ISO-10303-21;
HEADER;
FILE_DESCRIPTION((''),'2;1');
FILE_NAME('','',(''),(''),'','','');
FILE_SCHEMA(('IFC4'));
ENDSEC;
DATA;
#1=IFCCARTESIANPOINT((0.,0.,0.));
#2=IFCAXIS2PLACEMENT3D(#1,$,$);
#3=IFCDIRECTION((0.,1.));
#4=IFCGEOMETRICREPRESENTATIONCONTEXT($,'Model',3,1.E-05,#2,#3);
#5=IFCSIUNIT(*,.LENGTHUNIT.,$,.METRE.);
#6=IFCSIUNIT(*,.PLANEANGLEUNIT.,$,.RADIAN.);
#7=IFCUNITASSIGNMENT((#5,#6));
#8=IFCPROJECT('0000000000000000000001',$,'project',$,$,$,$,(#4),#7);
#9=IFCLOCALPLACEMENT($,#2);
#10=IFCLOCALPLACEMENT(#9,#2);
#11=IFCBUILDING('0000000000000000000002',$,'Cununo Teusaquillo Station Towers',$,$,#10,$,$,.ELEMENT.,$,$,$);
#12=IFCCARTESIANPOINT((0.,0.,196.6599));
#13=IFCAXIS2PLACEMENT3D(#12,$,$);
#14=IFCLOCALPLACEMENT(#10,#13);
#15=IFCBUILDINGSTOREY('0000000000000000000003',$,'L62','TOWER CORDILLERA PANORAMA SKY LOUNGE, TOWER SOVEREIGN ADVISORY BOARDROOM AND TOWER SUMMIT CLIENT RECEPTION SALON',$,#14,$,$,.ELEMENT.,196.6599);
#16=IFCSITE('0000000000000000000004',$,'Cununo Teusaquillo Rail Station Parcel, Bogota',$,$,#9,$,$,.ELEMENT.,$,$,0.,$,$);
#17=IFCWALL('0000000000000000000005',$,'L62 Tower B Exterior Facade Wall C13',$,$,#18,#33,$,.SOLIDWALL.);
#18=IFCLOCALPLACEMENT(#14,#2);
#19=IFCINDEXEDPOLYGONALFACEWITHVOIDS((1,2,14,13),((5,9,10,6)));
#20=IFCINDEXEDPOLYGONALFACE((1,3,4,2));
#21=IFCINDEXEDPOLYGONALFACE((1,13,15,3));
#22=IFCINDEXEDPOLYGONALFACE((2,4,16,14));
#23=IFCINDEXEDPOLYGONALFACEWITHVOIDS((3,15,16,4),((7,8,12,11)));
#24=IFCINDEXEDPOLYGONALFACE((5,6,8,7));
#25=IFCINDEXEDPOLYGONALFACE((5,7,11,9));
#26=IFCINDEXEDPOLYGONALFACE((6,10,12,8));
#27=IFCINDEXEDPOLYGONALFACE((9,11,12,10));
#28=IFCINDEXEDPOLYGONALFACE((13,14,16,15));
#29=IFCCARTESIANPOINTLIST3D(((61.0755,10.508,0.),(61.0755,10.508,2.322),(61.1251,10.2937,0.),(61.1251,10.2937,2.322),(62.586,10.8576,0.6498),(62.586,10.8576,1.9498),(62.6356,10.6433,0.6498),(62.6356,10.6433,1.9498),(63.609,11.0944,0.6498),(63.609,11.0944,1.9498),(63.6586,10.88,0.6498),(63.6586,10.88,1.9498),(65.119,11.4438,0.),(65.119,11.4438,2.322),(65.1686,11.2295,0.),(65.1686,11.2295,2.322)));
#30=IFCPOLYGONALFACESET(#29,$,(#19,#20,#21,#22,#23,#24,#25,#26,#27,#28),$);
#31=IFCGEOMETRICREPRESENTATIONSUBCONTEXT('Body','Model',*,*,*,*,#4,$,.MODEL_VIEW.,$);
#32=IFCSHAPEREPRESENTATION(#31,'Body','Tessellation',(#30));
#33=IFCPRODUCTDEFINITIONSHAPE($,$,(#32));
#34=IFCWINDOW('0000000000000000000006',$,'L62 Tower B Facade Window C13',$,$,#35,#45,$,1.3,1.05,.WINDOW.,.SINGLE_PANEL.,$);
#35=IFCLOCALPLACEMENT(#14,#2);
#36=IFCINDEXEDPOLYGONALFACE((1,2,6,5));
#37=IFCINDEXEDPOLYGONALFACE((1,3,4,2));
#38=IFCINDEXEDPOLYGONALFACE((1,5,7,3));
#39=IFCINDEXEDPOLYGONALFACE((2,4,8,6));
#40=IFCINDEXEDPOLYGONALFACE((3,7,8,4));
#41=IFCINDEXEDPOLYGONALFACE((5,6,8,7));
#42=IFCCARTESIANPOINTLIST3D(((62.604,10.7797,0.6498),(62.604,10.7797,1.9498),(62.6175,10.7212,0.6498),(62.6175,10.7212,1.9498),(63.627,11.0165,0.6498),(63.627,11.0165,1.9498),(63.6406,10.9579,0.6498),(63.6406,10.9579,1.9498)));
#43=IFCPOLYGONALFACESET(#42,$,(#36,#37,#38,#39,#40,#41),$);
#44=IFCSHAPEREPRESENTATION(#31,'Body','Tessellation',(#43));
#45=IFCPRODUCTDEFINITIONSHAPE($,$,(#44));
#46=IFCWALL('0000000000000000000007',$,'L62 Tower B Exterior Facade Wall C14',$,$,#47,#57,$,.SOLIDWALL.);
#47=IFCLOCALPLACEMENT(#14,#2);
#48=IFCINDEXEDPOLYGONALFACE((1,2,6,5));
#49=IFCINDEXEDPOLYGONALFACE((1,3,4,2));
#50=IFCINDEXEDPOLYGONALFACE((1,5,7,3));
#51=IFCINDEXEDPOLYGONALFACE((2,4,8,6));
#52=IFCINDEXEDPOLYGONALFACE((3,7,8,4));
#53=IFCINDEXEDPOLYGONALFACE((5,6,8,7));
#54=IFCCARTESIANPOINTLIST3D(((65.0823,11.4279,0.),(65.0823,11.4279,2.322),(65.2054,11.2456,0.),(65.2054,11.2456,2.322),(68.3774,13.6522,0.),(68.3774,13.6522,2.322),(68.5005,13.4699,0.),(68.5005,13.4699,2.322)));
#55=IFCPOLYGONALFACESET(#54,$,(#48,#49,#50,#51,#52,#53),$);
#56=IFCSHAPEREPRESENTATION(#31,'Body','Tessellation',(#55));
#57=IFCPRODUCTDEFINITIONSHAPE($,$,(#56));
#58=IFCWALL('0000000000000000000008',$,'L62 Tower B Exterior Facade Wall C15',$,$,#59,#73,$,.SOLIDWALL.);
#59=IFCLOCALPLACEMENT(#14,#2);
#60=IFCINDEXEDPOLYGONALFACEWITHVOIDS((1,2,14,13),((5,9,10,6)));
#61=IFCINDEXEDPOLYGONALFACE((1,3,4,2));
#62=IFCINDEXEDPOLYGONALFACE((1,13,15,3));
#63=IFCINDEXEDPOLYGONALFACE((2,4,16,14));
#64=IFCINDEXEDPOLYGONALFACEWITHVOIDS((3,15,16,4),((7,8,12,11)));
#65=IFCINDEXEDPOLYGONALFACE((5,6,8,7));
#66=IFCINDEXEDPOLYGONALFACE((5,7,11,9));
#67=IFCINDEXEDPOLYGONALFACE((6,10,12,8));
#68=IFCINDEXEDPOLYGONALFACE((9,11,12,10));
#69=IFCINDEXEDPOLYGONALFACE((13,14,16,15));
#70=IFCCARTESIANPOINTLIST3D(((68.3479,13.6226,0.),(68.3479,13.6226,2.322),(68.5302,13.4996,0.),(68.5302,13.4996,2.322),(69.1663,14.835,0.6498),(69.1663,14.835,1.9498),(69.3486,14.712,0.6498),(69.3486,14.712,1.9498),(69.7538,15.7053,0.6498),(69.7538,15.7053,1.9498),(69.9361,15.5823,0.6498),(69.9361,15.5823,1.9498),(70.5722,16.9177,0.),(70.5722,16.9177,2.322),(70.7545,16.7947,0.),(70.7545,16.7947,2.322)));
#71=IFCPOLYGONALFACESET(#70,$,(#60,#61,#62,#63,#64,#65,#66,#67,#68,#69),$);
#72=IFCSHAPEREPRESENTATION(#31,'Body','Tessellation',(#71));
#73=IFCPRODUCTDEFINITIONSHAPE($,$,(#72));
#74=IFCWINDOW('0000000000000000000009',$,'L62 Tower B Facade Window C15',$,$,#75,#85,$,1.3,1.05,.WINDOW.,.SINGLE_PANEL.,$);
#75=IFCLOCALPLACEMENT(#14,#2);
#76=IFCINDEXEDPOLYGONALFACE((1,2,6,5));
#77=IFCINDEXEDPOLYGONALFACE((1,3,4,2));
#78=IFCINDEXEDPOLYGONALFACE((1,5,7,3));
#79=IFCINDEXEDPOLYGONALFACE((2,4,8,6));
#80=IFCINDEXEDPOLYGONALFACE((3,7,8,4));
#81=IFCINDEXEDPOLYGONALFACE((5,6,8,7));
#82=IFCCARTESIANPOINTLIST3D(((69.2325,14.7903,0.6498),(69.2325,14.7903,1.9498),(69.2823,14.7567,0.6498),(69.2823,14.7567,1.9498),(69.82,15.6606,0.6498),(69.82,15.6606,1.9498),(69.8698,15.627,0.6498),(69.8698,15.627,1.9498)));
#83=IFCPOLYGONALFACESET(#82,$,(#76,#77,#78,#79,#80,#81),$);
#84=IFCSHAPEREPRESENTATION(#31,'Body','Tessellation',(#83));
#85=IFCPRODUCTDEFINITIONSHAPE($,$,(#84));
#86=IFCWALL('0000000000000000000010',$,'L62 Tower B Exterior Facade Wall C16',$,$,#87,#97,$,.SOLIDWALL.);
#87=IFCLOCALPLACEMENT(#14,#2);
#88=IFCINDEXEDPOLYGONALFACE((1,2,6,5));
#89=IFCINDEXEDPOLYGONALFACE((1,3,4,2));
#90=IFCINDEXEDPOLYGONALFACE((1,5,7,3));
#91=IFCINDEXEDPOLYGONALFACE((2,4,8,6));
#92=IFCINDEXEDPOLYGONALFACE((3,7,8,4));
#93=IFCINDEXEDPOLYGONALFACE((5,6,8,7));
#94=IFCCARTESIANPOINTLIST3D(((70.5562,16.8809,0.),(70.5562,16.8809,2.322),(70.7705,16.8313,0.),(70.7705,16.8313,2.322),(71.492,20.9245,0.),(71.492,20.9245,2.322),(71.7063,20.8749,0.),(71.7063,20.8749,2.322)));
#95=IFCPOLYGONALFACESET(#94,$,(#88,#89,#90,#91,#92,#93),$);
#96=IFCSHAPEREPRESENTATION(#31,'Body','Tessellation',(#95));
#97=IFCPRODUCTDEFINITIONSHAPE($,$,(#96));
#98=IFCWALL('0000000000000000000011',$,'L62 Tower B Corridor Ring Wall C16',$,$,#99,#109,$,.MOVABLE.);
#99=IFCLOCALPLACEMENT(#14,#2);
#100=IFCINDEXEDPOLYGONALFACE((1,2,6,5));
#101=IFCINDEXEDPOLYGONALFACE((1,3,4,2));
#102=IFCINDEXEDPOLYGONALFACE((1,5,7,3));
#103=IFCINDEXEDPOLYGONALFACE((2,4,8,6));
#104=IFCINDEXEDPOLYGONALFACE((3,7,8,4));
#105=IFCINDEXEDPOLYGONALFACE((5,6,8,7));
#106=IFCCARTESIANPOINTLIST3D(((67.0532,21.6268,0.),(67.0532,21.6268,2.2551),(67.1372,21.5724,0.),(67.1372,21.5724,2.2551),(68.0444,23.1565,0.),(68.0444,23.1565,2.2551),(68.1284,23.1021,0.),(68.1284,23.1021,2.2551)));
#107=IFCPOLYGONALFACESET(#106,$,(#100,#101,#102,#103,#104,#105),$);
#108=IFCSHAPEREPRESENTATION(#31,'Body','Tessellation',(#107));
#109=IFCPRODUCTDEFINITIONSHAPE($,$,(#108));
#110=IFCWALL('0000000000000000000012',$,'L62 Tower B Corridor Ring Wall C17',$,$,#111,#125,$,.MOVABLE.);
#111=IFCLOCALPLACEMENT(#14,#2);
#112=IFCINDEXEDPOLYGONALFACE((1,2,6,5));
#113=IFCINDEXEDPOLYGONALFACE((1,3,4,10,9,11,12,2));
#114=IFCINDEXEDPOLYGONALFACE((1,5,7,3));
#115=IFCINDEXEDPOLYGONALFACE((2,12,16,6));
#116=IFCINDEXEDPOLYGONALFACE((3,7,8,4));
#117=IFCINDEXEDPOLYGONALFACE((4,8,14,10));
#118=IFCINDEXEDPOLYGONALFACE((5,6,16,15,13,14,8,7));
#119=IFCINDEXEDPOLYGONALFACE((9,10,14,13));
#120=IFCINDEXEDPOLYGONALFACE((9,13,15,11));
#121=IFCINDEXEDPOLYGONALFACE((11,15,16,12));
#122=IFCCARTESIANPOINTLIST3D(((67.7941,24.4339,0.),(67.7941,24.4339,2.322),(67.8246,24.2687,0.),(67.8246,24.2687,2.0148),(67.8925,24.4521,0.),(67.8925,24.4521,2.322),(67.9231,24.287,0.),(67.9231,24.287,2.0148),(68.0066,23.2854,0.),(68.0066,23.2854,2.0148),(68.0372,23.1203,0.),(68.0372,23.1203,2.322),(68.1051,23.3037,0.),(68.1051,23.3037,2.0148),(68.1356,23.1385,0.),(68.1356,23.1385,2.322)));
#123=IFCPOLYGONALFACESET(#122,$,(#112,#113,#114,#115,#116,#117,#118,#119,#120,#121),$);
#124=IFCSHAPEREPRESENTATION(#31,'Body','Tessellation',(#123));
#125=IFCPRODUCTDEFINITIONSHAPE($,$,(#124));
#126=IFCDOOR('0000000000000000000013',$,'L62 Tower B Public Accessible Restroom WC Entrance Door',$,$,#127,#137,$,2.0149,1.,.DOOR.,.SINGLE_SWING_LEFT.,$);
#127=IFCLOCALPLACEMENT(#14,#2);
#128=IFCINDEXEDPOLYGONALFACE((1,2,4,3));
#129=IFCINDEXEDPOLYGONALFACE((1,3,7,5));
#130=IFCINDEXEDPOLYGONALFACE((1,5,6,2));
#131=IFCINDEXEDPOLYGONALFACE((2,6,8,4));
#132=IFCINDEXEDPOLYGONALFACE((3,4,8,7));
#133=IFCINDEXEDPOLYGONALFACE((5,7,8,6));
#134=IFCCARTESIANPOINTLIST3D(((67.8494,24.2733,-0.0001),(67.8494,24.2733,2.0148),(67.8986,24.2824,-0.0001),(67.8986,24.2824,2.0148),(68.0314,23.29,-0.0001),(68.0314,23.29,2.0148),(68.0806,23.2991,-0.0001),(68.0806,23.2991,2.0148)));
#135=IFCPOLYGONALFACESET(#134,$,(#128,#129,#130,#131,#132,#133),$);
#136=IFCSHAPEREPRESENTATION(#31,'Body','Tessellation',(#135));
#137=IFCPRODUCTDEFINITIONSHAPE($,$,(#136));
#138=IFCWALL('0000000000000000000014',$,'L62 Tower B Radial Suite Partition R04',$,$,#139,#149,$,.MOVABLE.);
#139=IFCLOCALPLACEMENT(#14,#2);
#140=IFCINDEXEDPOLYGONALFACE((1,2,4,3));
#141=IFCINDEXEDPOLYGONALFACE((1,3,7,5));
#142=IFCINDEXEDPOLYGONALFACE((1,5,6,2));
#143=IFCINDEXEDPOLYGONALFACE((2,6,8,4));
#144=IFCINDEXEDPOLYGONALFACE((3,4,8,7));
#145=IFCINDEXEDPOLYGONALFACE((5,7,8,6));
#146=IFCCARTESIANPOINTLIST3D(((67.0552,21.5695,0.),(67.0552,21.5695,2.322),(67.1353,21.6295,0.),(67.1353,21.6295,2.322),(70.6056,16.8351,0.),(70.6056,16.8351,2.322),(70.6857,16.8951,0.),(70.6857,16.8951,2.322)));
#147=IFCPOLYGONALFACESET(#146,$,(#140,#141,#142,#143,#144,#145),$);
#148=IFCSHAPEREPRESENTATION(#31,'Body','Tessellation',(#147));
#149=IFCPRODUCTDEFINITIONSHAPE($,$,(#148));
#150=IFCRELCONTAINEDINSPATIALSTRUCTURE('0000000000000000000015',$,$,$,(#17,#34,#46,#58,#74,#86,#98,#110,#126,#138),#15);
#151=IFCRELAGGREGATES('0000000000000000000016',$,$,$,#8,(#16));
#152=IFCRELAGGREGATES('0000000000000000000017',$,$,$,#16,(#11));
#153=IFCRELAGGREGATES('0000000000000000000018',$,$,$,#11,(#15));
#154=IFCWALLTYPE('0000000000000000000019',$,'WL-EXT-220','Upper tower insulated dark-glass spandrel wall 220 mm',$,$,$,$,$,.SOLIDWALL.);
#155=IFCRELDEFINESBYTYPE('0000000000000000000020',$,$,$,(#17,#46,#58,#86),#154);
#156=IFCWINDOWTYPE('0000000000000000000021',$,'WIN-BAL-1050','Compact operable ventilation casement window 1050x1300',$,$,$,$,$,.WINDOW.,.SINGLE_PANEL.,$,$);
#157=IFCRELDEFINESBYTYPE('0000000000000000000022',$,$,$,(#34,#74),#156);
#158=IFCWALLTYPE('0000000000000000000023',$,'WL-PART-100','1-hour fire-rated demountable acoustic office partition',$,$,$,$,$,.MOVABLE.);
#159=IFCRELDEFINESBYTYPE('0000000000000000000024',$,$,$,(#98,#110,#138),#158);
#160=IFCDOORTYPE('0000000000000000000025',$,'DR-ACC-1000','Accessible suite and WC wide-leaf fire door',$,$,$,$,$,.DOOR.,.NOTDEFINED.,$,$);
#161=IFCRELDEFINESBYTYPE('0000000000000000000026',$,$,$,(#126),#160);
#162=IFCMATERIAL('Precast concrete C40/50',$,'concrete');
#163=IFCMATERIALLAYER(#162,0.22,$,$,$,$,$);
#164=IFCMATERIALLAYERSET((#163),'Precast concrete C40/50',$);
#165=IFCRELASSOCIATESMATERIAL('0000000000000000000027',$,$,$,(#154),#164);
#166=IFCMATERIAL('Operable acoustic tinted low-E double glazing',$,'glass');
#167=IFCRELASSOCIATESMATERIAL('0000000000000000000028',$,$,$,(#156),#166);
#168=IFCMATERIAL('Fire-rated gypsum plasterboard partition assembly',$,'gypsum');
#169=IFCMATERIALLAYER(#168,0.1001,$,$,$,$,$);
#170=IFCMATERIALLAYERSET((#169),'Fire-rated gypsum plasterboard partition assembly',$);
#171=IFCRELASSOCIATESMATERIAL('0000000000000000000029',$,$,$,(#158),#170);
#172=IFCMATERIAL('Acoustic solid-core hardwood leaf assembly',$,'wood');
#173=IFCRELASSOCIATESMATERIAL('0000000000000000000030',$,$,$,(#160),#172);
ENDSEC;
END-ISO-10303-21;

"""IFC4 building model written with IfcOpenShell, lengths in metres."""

from ifc_helpers import new_model, si_unit, direction, frame, frame_2d, origin, place, context, subcontext, project, spatial, rectangle, extrude, source, transform, mapped, material, layer, layer_set, type_object, element, fill, save


model = new_model("IFC4")

# Units and contexts
model_context = context("Model", 3, precision=1e-05, world=origin(), true_north=direction((0.0, 1.0)))
body_context = subcontext(model_context, "Body", "Model", "MODEL_VIEW")
ifc_project = project(units=[si_unit("LENGTHUNIT", "METRE"), si_unit("PLANEANGLEUNIT", "RADIAN")], contexts=[model_context])

# Site, building, storey
site_placement = place(None, origin())
site = spatial("IfcSite", under=ifc_project, at=site_placement, Name="Cununo Teusaquillo Rail Station Parcel, Bogota", CompositionType="ELEMENT", RefElevation=0.0)
building_placement = place(site_placement, origin())
building = spatial("IfcBuilding", under=site, at=building_placement, Name="Cununo Teusaquillo Station Towers", CompositionType="ELEMENT")
storey_placement = place(building_placement, frame((0.0, 0.0, 196.6599)))
storey = spatial("IfcBuildingStorey", under=building, at=storey_placement, Name="L62", Description="TOWER CORDILLERA PANORAMA SKY LOUNGE, TOWER SOVEREIGN ADVISORY BOARDROOM AND TOWER SUMMIT CLIENT RECEPTION SALON", CompositionType="ELEMENT", Elevation=196.6599)

# Wall, opening, window
ifc_material_1 = material(Name="Precast concrete C40/50", Category="concrete")
ifc_layer_1 = layer(ifc_material_1, 0.22)
ifc_layer_set_1 = layer_set([ifc_layer_1], Name="Precast concrete C40/50")
wall_type_1 = type_object("IfcWallType", Name="WL-EXT-220", Description="Upper tower insulated dark-glass spandrel wall 220 mm", PredefinedType="SOLIDWALL", material=ifc_layer_set_1)
wall_1_placement = place(storey_placement, frame((65.1438, 11.3367, 0.0), z_axis=(0.0, 0.0, 1.0), x_axis=(-0.974249, -0.225474, 0.0)))
wall_1 = element("IfcWall", 1, at=wall_1_placement, inside=storey, type_object=wall_type_1, Name="L62 Tower B Exterior Facade Wall C13", PredefinedType="SOLIDWALL", context=body_context, shape_type="SweptSolid", body=[
    extrude(rectangle(XDim=4.1504, YDim=0.22, at=frame_2d((2.0752, 0.0))), origin(), (0.0, 0.0, 1.0), 2.322),
])
shared_shape_1 = source(origin(), body_context, "Body", "SweptSolid", [
    extrude(rectangle(XDim=1.05, YDim=1.3, at=frame_2d((0.5249, 0.6499))), frame((0.0, 0.1199, 0.0), z_axis=(0.0, -1.0, 0.0), x_axis=(1.0, 0.0, 0.0)), (0.0, 0.0, 1.0), 0.24),
])
opening_1_placement = place(wall_1_placement, frame((1.55, 0.0, 0.6499)))
opening_1 = element("IfcOpeningElement", 2, at=opening_1_placement, cuts=wall_1, PredefinedType="OPENING", context=body_context, shape_type="MappedRepresentation", body=[
    mapped(shared_shape_1, transform((0.0, 0.0, 0.0), x_axis=(1.0, 0.0, 0.0), y_axis=(0.0, 1.0, 0.0), z_axis=(0.0, 0.0, 1.0), scale=1.0)),
])
ifc_material_2 = material(Name="Operable acoustic tinted low-E double glazing", Category="glass")
window_type = type_object("IfcWindowType", Name="WIN-BAL-1050", Description="Compact operable ventilation casement window 1050x1300", PartitioningType="SINGLE_PANEL", PredefinedType="WINDOW", material=ifc_material_2)
shared_shape_2 = source(origin(), body_context, "Body", "SweptSolid", [
    extrude(rectangle(XDim=1.05, YDim=1.3, at=frame_2d((0.5249, 0.6499))), frame((0.0, 0.03, 0.0), z_axis=(0.0, -1.0, 0.0), x_axis=(1.0, 0.0, 0.0)), (0.0, 0.0, 1.0), 0.0601),
])
window_1_placement = place(opening_1_placement, origin())
window_1 = element("IfcWindow", 3, at=window_1_placement, inside=storey, type_object=window_type, Name="L62 Tower B Facade Window C13", OverallHeight=1.3, OverallWidth=1.05, PartitioningType="SINGLE_PANEL", PredefinedType="WINDOW", context=body_context, shape_type="MappedRepresentation", body=[
    mapped(shared_shape_2, transform((0.0, 0.0, 0.0), x_axis=(1.0, 0.0, 0.0), y_axis=(0.0, 1.0, 0.0), z_axis=(0.0, 0.0, 1.0), scale=1.0)),
])
fill(opening_1, window_1)

# Wall
wall_2_placement = place(storey_placement, frame((68.439, 13.561, 0.0), z_axis=(0.0, 0.0, 1.0), x_axis=(-0.828834, -0.559495, 0.0)))
element("IfcWall", 4, at=wall_2_placement, inside=storey, type_object=wall_type_1, Name="L62 Tower B Exterior Facade Wall C14", PredefinedType="SOLIDWALL", context=body_context, shape_type="SweptSolid", body=[
    extrude(rectangle(XDim=3.9756, YDim=0.22, at=frame_2d((1.9878, 0.0))), origin(), (0.0, 0.0, 1.0), 2.322),
])

# Wall, opening, window
wall_3_placement = place(storey_placement, frame((70.6633, 16.8562, 0.0), z_axis=(0.0, 0.0, 1.0), x_axis=(-0.559495, -0.828834, 0.0)))
wall_3 = element("IfcWall", 5, at=wall_3_placement, inside=storey, type_object=wall_type_1, Name="L62 Tower B Exterior Facade Wall C15", PredefinedType="SOLIDWALL", context=body_context, shape_type="SweptSolid", body=[
    extrude(rectangle(XDim=3.9756, YDim=0.22, at=frame_2d((1.9878, 0.0))), origin(), (0.0, 0.0, 1.0), 2.322),
])
opening_2_placement = place(wall_3_placement, frame((1.4629, 0.0, 0.6499)))
opening_2 = element("IfcOpeningElement", 6, at=opening_2_placement, cuts=wall_3, PredefinedType="OPENING", context=body_context, shape_type="MappedRepresentation", body=[
    mapped(shared_shape_1, transform((0.0, 0.0, 0.0), x_axis=(1.0, 0.0, 0.0), y_axis=(0.0, 1.0, 0.0), z_axis=(0.0, 0.0, 1.0), scale=1.0)),
])
window_2_placement = place(opening_2_placement, origin())
window_2 = element("IfcWindow", 7, at=window_2_placement, inside=storey, type_object=window_type, Name="L62 Tower B Facade Window C15", OverallHeight=1.3, OverallWidth=1.05, PartitioningType="SINGLE_PANEL", PredefinedType="WINDOW", context=body_context, shape_type="MappedRepresentation", body=[
    mapped(shared_shape_2, transform((0.0, 0.0, 0.0), x_axis=(1.0, 0.0, 0.0), y_axis=(0.0, 1.0, 0.0), z_axis=(0.0, 0.0, 1.0), scale=1.0)),
])
fill(opening_2, window_2)

# Walls
wall_4_placement = place(storey_placement, frame((71.5991, 20.8997, 0.0), z_axis=(0.0, 0.0, 1.0), x_axis=(-0.225474, -0.974249, 0.0)))
element("IfcWall", 8, at=wall_4_placement, inside=storey, type_object=wall_type_1, Name="L62 Tower B Exterior Facade Wall C16", PredefinedType="SOLIDWALL", context=body_context, shape_type="SweptSolid", body=[
    extrude(rectangle(XDim=4.1504, YDim=0.22, at=frame_2d((2.0752, 0.0))), origin(), (0.0, 0.0, 1.0), 2.322),
])
ifc_material_3 = material(Name="Fire-rated gypsum plasterboard partition assembly", Category="gypsum")
ifc_layer_2 = layer(ifc_material_3, 0.1001)
ifc_layer_set_2 = layer_set([ifc_layer_2], Name="Fire-rated gypsum plasterboard partition assembly")
wall_type_2 = type_object("IfcWallType", Name="WL-PART-100", Description="1-hour fire-rated demountable acoustic office partition", PredefinedType="MOVABLE", material=ifc_layer_set_2)
wall_5_placement = place(storey_placement, frame((67.0952, 21.5996, 0.0), z_axis=(0.0, 0.0, 1.0), x_axis=(0.543773, 0.839232, 0.0)))
element("IfcWall", 9, at=wall_5_placement, inside=storey, type_object=wall_type_2, Name="L62 Tower B Corridor Ring Wall C16", PredefinedType="MOVABLE", context=body_context, shape_type="SweptSolid", body=[
    extrude(rectangle(XDim=1.8228, YDim=0.1001, at=frame_2d((0.9114, 0.0))), origin(), (0.0, 0.0, 1.0), 2.2551),
])

# Wall, opening, door
wall_6_placement = place(storey_placement, frame((68.0864, 23.1294, 0.0), z_axis=(0.0, 0.0, 1.0), x_axis=(-0.182004, 0.983298, 0.0)))
wall_6 = element("IfcWall", 10, at=wall_6_placement, inside=storey, type_object=wall_type_2, Name="L62 Tower B Corridor Ring Wall C17", PredefinedType="MOVABLE", context=body_context, shape_type="SweptSolid", body=[
    extrude(rectangle(XDim=1.3359, YDim=0.1001, at=frame_2d((0.668, 0.0))), origin(), (0.0, 0.0, 1.0), 2.322),
])
shared_shape_3 = source(origin(), body_context, "Body", "SweptSolid", [
    extrude(rectangle(XDim=1.0, YDim=2.0149, at=frame_2d((0.5, 1.0073))), frame((0.0, 0.0601, 0.0), z_axis=(0.0, -1.0, 0.0), x_axis=(1.0, 0.0, 0.0)), (0.0, 0.0, 1.0), 0.1201),
])
opening_3_placement = place(wall_6_placement, frame((0.168, 0.0, 0.0)))
opening_3 = element("IfcOpeningElement", 11, at=opening_3_placement, cuts=wall_6, PredefinedType="OPENING", context=body_context, shape_type="MappedRepresentation", body=[
    mapped(shared_shape_3, transform((0.0, 0.0, 0.0), x_axis=(1.0, 0.0, 0.0), y_axis=(0.0, 1.0, 0.0), z_axis=(0.0, 0.0, 1.0), scale=1.0)),
])
ifc_material_4 = material(Name="Acoustic solid-core hardwood leaf assembly", Category="wood")
door_type = type_object("IfcDoorType", Name="DR-ACC-1000", Description="Accessible suite and WC wide-leaf fire door", OperationType="NOTDEFINED", PredefinedType="DOOR", material=ifc_material_4)
shared_shape_4 = source(origin(), body_context, "Body", "SweptSolid", [
    extrude(rectangle(XDim=1.0, YDim=2.0149, at=frame_2d((0.5, 1.0073))), frame((0.0, 0.0249, 0.0), z_axis=(0.0, -1.0, 0.0), x_axis=(1.0, 0.0, 0.0)), (0.0, 0.0, 1.0), 0.05),
])
door_placement = place(opening_3_placement, origin())
door = element("IfcDoor", 12, at=door_placement, inside=storey, type_object=door_type, Name="L62 Tower B Public Accessible Restroom WC Entrance Door", OperationType="SINGLE_SWING_LEFT", OverallHeight=2.0149, OverallWidth=1.0, PredefinedType="DOOR", context=body_context, shape_type="MappedRepresentation", body=[
    mapped(shared_shape_4, transform((0.0, 0.0, 0.0), x_axis=(1.0, 0.0, 0.0), y_axis=(0.0, 1.0, 0.0), z_axis=(0.0, 0.0, 1.0), scale=1.0)),
])
fill(opening_3, door)

# Wall
wall_7_placement = place(storey_placement, frame((67.0952, 21.5996, 0.0), z_axis=(0.0, 0.0, 1.0), x_axis=(0.599947, -0.80004, 0.0)))
element("IfcWall", 13, at=wall_7_placement, inside=storey, type_object=wall_type_2, Name="L62 Tower B Radial Suite Partition R04", PredefinedType="MOVABLE", context=body_context, shape_type="SweptSolid", body=[
    extrude(rectangle(XDim=5.9177, YDim=0.1001, at=frame_2d((2.959, 0.0))), origin(), (0.0, 0.0, 1.0), 2.322),
])

save(model, "model.ifc")
